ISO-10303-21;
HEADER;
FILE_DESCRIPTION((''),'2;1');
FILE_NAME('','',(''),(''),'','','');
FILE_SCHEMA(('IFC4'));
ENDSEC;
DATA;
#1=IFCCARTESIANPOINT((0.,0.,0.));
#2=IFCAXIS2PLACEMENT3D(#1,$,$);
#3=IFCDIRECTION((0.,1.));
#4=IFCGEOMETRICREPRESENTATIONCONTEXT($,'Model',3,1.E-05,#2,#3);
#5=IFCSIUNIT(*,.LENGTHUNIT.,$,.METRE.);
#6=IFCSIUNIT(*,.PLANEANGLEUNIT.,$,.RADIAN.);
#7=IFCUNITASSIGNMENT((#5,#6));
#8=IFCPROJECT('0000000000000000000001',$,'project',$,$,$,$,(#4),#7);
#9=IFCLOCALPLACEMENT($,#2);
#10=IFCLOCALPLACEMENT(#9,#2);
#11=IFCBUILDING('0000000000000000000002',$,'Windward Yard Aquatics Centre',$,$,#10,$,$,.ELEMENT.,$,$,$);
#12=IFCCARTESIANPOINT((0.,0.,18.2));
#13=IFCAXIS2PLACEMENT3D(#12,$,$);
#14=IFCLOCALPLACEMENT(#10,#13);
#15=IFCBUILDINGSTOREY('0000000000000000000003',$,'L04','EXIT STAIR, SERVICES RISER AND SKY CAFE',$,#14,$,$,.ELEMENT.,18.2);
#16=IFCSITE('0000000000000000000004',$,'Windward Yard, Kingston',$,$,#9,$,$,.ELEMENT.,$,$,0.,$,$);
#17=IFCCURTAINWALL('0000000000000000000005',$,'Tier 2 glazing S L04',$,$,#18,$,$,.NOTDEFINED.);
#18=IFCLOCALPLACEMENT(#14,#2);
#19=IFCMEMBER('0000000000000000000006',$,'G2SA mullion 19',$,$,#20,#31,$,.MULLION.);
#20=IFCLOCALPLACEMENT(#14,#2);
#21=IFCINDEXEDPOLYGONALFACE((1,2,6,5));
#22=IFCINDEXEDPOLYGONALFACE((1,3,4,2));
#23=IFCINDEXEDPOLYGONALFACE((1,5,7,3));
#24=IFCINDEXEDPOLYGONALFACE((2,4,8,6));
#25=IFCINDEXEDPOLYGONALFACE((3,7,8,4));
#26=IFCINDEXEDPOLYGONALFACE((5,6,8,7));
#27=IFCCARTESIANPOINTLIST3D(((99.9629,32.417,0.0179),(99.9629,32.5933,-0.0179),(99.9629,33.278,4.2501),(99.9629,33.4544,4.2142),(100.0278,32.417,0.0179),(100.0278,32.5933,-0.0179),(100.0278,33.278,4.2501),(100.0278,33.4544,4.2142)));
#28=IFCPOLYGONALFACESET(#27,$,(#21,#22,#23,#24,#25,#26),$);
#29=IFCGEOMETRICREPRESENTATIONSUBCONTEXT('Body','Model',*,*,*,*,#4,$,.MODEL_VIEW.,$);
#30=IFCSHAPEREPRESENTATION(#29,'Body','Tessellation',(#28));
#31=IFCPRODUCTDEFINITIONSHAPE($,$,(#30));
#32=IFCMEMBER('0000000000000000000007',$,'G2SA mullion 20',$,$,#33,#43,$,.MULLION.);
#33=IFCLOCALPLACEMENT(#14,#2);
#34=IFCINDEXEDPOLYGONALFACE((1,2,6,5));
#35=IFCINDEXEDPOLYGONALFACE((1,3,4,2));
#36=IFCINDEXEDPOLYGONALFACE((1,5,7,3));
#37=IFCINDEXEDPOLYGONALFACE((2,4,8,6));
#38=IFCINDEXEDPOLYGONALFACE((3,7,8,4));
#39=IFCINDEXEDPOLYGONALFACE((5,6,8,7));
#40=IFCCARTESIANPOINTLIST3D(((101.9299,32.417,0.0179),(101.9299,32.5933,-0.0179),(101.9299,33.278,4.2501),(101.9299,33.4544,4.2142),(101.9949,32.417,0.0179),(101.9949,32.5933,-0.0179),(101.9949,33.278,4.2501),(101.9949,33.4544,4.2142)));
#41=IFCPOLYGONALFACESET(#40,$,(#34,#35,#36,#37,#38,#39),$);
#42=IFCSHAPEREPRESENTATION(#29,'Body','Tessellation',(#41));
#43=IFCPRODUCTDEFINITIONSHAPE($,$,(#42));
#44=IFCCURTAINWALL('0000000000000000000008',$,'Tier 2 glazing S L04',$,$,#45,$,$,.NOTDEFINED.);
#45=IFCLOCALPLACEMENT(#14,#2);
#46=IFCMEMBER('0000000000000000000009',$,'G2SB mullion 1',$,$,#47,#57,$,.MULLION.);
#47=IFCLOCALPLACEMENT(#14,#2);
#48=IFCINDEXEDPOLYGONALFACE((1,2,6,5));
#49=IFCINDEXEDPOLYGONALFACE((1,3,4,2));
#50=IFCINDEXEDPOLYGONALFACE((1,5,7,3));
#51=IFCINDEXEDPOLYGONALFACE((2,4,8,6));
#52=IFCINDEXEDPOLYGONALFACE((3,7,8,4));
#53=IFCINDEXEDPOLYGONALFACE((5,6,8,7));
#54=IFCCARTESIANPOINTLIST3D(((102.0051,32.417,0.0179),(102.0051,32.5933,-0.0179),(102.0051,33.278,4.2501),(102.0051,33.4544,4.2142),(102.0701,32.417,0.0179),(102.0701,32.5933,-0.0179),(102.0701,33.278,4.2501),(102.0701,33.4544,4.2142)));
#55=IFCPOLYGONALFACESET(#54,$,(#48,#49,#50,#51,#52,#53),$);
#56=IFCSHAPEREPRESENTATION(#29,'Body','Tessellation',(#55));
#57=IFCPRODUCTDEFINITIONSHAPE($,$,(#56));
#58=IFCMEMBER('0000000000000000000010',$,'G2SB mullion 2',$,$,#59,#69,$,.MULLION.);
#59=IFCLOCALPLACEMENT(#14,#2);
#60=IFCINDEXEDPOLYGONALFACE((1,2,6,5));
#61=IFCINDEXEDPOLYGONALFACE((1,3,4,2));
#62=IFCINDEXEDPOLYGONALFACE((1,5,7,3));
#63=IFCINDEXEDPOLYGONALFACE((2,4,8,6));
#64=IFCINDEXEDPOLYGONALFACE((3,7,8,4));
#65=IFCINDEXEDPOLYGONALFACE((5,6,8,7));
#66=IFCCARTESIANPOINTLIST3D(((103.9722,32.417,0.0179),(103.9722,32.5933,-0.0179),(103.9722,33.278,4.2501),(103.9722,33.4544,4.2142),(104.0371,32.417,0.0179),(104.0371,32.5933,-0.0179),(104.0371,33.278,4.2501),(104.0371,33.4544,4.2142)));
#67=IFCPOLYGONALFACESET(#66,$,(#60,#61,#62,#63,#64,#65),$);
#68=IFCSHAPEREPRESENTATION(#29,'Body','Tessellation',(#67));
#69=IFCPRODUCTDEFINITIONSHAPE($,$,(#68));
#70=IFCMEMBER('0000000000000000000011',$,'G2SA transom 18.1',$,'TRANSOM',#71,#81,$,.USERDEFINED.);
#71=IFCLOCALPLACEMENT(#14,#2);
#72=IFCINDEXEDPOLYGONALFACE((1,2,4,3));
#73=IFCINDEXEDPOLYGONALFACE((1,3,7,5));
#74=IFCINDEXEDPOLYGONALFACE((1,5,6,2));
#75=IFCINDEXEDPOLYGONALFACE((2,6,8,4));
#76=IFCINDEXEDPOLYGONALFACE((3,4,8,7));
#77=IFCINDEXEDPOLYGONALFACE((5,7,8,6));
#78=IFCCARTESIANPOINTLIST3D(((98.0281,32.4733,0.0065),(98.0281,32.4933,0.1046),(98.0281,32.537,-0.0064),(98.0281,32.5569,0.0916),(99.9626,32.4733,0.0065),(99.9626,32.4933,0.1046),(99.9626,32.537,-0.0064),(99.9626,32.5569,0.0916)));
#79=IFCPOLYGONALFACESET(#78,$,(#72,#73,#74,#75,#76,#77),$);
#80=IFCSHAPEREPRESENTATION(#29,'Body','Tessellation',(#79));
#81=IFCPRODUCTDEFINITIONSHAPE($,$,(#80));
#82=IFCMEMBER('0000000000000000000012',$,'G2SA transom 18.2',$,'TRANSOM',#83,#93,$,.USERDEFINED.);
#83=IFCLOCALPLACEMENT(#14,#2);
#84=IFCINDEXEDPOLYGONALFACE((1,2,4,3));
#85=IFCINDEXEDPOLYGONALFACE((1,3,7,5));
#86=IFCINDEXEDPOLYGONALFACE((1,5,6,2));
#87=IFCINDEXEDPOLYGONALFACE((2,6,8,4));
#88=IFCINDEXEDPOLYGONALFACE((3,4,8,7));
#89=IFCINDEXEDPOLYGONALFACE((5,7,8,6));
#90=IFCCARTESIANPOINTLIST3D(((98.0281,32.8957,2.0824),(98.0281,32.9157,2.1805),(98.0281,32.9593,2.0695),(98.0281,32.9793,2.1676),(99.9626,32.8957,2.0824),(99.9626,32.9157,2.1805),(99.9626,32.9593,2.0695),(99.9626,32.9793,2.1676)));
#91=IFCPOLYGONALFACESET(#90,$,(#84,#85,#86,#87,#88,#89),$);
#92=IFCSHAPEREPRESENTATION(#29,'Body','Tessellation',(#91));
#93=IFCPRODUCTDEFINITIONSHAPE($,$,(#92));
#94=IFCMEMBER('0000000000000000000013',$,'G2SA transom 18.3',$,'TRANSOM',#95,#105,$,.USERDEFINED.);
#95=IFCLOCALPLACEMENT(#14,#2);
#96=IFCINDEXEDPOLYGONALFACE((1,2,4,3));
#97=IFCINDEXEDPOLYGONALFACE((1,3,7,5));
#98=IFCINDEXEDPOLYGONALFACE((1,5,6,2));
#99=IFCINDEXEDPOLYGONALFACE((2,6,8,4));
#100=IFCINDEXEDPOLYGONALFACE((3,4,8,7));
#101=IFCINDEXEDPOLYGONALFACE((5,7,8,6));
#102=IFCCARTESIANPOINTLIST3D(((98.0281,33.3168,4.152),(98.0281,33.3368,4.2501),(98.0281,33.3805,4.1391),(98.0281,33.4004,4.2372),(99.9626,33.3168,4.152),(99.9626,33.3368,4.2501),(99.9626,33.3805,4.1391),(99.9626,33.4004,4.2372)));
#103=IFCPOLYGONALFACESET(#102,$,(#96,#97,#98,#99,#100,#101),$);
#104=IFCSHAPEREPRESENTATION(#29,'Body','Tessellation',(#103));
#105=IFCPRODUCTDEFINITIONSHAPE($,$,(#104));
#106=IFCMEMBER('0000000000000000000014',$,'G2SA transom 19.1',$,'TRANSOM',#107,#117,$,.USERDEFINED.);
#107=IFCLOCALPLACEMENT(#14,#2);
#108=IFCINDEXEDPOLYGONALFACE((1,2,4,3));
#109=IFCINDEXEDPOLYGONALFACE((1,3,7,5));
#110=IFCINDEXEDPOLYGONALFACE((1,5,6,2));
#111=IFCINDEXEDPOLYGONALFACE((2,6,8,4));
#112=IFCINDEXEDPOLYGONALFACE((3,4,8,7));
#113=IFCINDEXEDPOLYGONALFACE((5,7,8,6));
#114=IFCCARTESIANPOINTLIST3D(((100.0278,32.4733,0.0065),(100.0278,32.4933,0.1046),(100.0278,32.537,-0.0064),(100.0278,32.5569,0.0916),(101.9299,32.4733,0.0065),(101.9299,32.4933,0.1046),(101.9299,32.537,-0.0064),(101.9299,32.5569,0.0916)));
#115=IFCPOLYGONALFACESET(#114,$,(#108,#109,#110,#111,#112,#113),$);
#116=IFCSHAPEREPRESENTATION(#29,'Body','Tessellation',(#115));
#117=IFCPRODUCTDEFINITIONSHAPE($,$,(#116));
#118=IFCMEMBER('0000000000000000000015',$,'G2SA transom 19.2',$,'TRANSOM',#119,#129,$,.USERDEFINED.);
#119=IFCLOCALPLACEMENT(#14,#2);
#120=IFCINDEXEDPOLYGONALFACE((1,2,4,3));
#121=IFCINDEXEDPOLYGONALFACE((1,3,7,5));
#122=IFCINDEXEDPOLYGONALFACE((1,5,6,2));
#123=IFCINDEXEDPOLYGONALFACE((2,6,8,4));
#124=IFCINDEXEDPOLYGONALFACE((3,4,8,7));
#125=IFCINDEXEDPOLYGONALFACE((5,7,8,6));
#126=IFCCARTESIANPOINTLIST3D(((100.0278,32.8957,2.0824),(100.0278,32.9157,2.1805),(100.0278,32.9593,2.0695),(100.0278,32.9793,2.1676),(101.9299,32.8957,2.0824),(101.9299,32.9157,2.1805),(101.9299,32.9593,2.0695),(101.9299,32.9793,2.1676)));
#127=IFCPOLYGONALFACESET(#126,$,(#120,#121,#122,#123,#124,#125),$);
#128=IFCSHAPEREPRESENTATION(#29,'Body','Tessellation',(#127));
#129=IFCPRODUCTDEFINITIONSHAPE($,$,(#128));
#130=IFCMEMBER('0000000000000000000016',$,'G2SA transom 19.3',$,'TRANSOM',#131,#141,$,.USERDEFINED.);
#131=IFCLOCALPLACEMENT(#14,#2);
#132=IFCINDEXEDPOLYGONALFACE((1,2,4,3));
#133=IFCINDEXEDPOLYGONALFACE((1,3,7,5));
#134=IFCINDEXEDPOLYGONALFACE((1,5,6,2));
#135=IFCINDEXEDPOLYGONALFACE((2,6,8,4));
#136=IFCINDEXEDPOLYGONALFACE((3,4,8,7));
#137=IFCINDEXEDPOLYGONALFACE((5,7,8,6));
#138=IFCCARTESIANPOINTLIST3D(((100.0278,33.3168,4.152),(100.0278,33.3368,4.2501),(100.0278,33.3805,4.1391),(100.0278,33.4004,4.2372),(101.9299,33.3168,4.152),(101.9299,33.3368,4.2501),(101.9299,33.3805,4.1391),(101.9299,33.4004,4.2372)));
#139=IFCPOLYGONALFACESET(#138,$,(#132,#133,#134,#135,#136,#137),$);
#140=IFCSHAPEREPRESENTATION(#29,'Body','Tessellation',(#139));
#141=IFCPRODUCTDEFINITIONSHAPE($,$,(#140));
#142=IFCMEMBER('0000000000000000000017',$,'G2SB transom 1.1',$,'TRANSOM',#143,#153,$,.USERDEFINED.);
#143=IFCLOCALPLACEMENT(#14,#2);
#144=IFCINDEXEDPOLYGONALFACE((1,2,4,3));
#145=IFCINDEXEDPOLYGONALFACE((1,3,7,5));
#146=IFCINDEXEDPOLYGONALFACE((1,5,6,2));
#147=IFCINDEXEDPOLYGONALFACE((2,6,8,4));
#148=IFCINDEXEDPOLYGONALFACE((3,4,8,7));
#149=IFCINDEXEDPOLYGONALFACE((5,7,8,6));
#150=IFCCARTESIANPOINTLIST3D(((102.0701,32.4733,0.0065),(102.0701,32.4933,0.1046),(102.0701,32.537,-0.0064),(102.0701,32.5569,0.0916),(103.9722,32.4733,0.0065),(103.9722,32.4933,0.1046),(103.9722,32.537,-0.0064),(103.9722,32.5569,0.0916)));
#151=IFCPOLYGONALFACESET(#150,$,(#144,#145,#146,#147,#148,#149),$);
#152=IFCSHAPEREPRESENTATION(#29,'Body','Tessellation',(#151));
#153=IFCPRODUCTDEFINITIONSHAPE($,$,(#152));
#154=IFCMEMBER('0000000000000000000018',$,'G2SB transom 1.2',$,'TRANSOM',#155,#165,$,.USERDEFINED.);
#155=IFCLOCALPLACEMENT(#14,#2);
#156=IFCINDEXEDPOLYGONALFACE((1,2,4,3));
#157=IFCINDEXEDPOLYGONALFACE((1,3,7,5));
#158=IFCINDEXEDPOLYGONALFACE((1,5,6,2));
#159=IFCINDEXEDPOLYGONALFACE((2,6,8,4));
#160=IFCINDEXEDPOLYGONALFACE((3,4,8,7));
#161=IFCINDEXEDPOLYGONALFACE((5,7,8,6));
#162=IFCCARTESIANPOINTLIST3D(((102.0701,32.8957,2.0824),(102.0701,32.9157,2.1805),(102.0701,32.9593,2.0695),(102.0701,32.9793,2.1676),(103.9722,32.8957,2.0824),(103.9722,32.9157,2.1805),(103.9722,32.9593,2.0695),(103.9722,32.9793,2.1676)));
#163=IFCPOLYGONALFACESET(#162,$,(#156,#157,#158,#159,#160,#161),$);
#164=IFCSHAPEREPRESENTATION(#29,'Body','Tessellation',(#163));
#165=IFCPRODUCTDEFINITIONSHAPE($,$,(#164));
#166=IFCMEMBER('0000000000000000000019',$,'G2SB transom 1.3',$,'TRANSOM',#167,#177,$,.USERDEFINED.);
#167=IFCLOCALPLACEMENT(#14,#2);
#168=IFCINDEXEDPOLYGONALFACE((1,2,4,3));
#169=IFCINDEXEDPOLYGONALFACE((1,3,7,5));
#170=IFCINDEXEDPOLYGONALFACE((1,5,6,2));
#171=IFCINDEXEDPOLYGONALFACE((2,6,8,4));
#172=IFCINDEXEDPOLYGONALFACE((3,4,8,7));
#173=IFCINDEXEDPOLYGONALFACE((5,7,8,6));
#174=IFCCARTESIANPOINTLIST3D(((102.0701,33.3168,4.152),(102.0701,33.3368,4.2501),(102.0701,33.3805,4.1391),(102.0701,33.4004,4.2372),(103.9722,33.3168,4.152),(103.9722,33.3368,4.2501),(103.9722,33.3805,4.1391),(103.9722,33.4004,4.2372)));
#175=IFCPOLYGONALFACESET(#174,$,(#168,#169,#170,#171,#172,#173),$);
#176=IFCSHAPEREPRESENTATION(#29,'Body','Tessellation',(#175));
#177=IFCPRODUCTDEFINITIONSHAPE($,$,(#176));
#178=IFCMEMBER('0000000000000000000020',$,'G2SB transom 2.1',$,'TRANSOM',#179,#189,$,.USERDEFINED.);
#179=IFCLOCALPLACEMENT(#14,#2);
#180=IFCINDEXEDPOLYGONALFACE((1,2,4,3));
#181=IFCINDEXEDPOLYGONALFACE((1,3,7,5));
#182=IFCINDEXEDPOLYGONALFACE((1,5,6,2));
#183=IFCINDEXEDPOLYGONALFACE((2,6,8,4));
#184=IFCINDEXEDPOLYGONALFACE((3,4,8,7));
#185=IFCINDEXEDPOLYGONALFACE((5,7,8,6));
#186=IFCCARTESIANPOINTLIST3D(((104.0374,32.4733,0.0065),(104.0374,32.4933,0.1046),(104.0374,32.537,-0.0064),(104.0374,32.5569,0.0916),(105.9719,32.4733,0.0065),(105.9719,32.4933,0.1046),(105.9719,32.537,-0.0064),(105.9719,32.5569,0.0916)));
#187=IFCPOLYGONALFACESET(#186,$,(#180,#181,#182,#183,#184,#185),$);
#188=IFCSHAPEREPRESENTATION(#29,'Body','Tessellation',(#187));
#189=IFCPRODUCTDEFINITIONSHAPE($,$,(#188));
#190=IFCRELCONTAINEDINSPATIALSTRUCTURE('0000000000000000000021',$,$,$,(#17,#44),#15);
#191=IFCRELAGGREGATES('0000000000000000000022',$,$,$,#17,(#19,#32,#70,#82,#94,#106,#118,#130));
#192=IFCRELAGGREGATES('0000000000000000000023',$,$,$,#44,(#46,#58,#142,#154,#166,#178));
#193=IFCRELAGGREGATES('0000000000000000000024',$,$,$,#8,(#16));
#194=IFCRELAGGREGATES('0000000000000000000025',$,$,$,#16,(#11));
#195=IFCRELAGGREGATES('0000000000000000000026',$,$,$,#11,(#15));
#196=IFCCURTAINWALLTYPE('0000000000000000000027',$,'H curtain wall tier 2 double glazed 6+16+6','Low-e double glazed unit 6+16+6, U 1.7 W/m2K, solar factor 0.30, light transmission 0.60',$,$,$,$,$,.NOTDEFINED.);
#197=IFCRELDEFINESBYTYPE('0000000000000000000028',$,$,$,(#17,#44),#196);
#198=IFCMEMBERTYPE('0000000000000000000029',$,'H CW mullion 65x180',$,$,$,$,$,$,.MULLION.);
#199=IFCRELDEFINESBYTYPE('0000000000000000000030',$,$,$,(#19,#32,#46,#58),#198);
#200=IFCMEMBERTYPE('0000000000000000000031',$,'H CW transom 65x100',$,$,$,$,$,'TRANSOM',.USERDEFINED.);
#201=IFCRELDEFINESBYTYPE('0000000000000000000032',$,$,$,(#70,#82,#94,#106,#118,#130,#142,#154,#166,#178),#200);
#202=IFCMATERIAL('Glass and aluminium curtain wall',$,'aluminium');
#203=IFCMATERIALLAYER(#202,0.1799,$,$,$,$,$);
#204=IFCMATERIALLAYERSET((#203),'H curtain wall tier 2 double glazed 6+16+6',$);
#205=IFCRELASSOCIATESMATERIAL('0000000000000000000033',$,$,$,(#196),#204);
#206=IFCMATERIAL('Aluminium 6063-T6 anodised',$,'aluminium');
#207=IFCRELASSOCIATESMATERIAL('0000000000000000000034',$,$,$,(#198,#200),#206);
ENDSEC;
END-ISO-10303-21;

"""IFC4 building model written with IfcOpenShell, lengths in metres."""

from ifc_helpers import new_model, si_unit, direction, frame, origin, origin_2d, place, context, subcontext, project, spatial, rectangle, extrude, material, layer, layer_set, material_profile, profile_set, type_object, element, aggregate, save


model = new_model("IFC4")

# Units and contexts
model_context = context("Model", 3, precision=1e-05, world=origin(), true_north=direction((0.0, 1.0)))
body_context = subcontext(model_context, "Body", "Model", "MODEL_VIEW")
ifc_project = project(units=[si_unit("LENGTHUNIT", "METRE"), si_unit("PLANEANGLEUNIT", "RADIAN")], contexts=[model_context])

# Site, building, storey
site_placement = place(None, origin())
site = spatial("IfcSite", under=ifc_project, at=site_placement, Name="Windward Yard, Kingston", CompositionType="ELEMENT", RefElevation=0.0)
building_placement = place(site_placement, origin())
building = spatial("IfcBuilding", under=site, at=building_placement, Name="Windward Yard Aquatics Centre", CompositionType="ELEMENT")
storey_placement = place(building_placement, frame((0.0, 0.0, 18.2)))
storey = spatial("IfcBuildingStorey", under=building, at=storey_placement, Name="L04", Description="EXIT STAIR, SERVICES RISER AND SKY CAFE", CompositionType="ELEMENT", Elevation=18.2)

# Curtain walls, members
ifc_material_1 = material(Name="Glass and aluminium curtain wall", Category="aluminium")
ifc_layer_1 = layer(ifc_material_1, 0.1799)
ifc_layer_set_1 = layer_set([ifc_layer_1], Name="H curtain wall tier 2 double glazed 6+16+6")
curtain_wall_type = type_object("IfcCurtainWallType", Name="H curtain wall tier 2 double glazed 6+16+6", Description="Low-e double glazed unit 6+16+6, U 1.7 W/m2K, solar factor 0.30, light transmission 0.60", PredefinedType="NOTDEFINED", material=ifc_layer_set_1)
curtain_wall_1_placement = place(storey_placement, origin())
curtain_wall_1 = element("IfcCurtainWall", 1, at=curtain_wall_1_placement, inside=storey, type_object=curtain_wall_type, Name="Tier 2 glazing S L04", PredefinedType="NOTDEFINED")
ifc_material_2 = material(Name="Aluminium 6063-T6 anodised", Category="aluminium")
ifc_material_profile_1 = material_profile(ifc_material_2, rectangle(XDim=0.0649, YDim=0.1799, at=origin_2d()), Name="H CW mullion 65x180")
ifc_profile_set_1 = profile_set([ifc_material_profile_1], Name="Aluminium 6063-T6 anodised")
member_type_1 = type_object("IfcMemberType", Name="H CW mullion 65x180", PredefinedType="MULLION", material=ifc_profile_set_1)
member_1_placement = place(storey_placement, frame((99.9954, 32.5051, 0.0), z_axis=(0.0, 0.199376, 0.979923), x_axis=(-1.0, 0.0, 0.0)))
member_1 = element("IfcMember", 2, at=member_1_placement, type_object=member_type_1, Name="G2SA mullion 19", PredefinedType="MULLION", context=body_context, shape_type="SweptSolid", body=[
    extrude(rectangle(XDim=0.0649, YDim=0.1799, at=origin_2d()), origin(), (0.0, 0.0, 1.0), 4.3188),
])
member_2_placement = place(storey_placement, frame((101.9624, 32.5051, 0.0), z_axis=(0.0, 0.199376, 0.979923), x_axis=(-1.0, 0.0, 0.0)))
member_2 = element("IfcMember", 3, at=member_2_placement, type_object=member_type_1, Name="G2SA mullion 20", PredefinedType="MULLION", context=body_context, shape_type="SweptSolid", body=[
    extrude(rectangle(XDim=0.0649, YDim=0.1799, at=origin_2d()), origin(), (0.0, 0.0, 1.0), 4.3188),
])
curtain_wall_2_placement = place(storey_placement, origin())
curtain_wall_2 = element("IfcCurtainWall", 4, at=curtain_wall_2_placement, inside=storey, type_object=curtain_wall_type, Name="Tier 2 glazing S L04", PredefinedType="NOTDEFINED")
member_3_placement = place(storey_placement, frame((102.0376, 32.5051, 0.0), z_axis=(0.0, 0.199376, 0.979923), x_axis=(-1.0, 0.0, 0.0)))
member_3 = element("IfcMember", 5, at=member_3_placement, type_object=member_type_1, Name="G2SB mullion 1", PredefinedType="MULLION", context=body_context, shape_type="SweptSolid", body=[
    extrude(rectangle(XDim=0.0649, YDim=0.1799, at=origin_2d()), origin(), (0.0, 0.0, 1.0), 4.3188),
])
member_4_placement = place(storey_placement, frame((104.0046, 32.5051, 0.0), z_axis=(0.0, 0.199376, 0.979923), x_axis=(-1.0, 0.0, 0.0)))
member_4 = element("IfcMember", 6, at=member_4_placement, type_object=member_type_1, Name="G2SB mullion 2", PredefinedType="MULLION", context=body_context, shape_type="SweptSolid", body=[
    extrude(rectangle(XDim=0.0649, YDim=0.1799, at=origin_2d()), origin(), (0.0, 0.0, 1.0), 4.3188),
])

# Members
ifc_material_profile_2 = material_profile(ifc_material_2, rectangle(XDim=0.0649, YDim=0.1001, at=origin_2d()), Name="H CW transom 65x100")
ifc_profile_set_2 = profile_set([ifc_material_profile_2], Name="Aluminium 6063-T6 anodised")
member_type_2 = type_object("IfcMemberType", Name="H CW transom 65x100", ElementType="TRANSOM", PredefinedType="USERDEFINED", material=ifc_profile_set_2)
member_5_placement = place(storey_placement, frame((98.0281, 32.5151, 0.0491), z_axis=(1.0, 0.0, 0.0), x_axis=(0.0, -0.979925, 0.199368)))
member_5 = element("IfcMember", 7, at=member_5_placement, type_object=member_type_2, Name="G2SA transom 18.1", ObjectType="TRANSOM", PredefinedType="USERDEFINED", context=body_context, shape_type="SweptSolid", body=[
    extrude(rectangle(XDim=0.0649, YDim=0.1001, at=origin_2d()), origin(), (0.0, 0.0, 1.0), 1.9346),
])
member_6_placement = place(storey_placement, frame((98.0281, 32.9375, 2.125), z_axis=(1.0, 0.0, 0.0), x_axis=(0.0, -0.979925, 0.199368)))
member_6 = element("IfcMember", 8, at=member_6_placement, type_object=member_type_2, Name="G2SA transom 18.2", ObjectType="TRANSOM", PredefinedType="USERDEFINED", context=body_context, shape_type="SweptSolid", body=[
    extrude(rectangle(XDim=0.0649, YDim=0.1001, at=origin_2d()), origin(), (0.0, 0.0, 1.0), 1.9346),
])
member_7_placement = place(storey_placement, frame((98.0281, 33.3586, 4.1946), z_axis=(1.0, 0.0, 0.0), x_axis=(0.0, -0.979925, 0.199368)))
member_7 = element("IfcMember", 9, at=member_7_placement, type_object=member_type_2, Name="G2SA transom 18.3", ObjectType="TRANSOM", PredefinedType="USERDEFINED", context=body_context, shape_type="SweptSolid", body=[
    extrude(rectangle(XDim=0.0649, YDim=0.1001, at=origin_2d()), origin(), (0.0, 0.0, 1.0), 1.9346),
])
member_8_placement = place(storey_placement, frame((100.0278, 32.5151, 0.0491), z_axis=(1.0, 0.0, 0.0), x_axis=(0.0, -0.979925, 0.199368)))
member_8 = element("IfcMember", 10, at=member_8_placement, type_object=member_type_2, Name="G2SA transom 19.1", ObjectType="TRANSOM", PredefinedType="USERDEFINED", context=body_context, shape_type="SweptSolid", body=[
    extrude(rectangle(XDim=0.0649, YDim=0.1001, at=origin_2d()), origin(), (0.0, 0.0, 1.0), 1.9021),
])
member_9_placement = place(storey_placement, frame((100.0278, 32.9375, 2.125), z_axis=(1.0, 0.0, 0.0), x_axis=(0.0, -0.979925, 0.199368)))
member_9 = element("IfcMember", 11, at=member_9_placement, type_object=member_type_2, Name="G2SA transom 19.2", ObjectType="TRANSOM", PredefinedType="USERDEFINED", context=body_context, shape_type="SweptSolid", body=[
    extrude(rectangle(XDim=0.0649, YDim=0.1001, at=origin_2d()), origin(), (0.0, 0.0, 1.0), 1.9021),
])
member_10_placement = place(storey_placement, frame((100.0278, 33.3586, 4.1946), z_axis=(1.0, 0.0, 0.0), x_axis=(0.0, -0.979925, 0.199368)))
member_10 = element("IfcMember", 12, at=member_10_placement, type_object=member_type_2, Name="G2SA transom 19.3", ObjectType="TRANSOM", PredefinedType="USERDEFINED", context=body_context, shape_type="SweptSolid", body=[
    extrude(rectangle(XDim=0.0649, YDim=0.1001, at=origin_2d()), origin(), (0.0, 0.0, 1.0), 1.9021),
])
member_11_placement = place(storey_placement, frame((102.0701, 32.5151, 0.0491), z_axis=(1.0, 0.0, 0.0), x_axis=(0.0, -0.979925, 0.199368)))
member_11 = element("IfcMember", 13, at=member_11_placement, type_object=member_type_2, Name="G2SB transom 1.1", ObjectType="TRANSOM", PredefinedType="USERDEFINED", context=body_context, shape_type="SweptSolid", body=[
    extrude(rectangle(XDim=0.0649, YDim=0.1001, at=origin_2d()), origin(), (0.0, 0.0, 1.0), 1.9021),
])
member_12_placement = place(storey_placement, frame((102.0701, 32.9375, 2.125), z_axis=(1.0, 0.0, 0.0), x_axis=(0.0, -0.979925, 0.199368)))
member_12 = element("IfcMember", 14, at=member_12_placement, type_object=member_type_2, Name="G2SB transom 1.2", ObjectType="TRANSOM", PredefinedType="USERDEFINED", context=body_context, shape_type="SweptSolid", body=[
    extrude(rectangle(XDim=0.0649, YDim=0.1001, at=origin_2d()), origin(), (0.0, 0.0, 1.0), 1.9021),
])
member_13_placement = place(storey_placement, frame((102.0701, 33.3586, 4.1946), z_axis=(1.0, 0.0, 0.0), x_axis=(0.0, -0.979925, 0.199368)))
member_13 = element("IfcMember", 15, at=member_13_placement, type_object=member_type_2, Name="G2SB transom 1.3", ObjectType="TRANSOM", PredefinedType="USERDEFINED", context=body_context, shape_type="SweptSolid", body=[
    extrude(rectangle(XDim=0.0649, YDim=0.1001, at=origin_2d()), origin(), (0.0, 0.0, 1.0), 1.9021),
])
member_14_placement = place(storey_placement, frame((104.0374, 32.5151, 0.0491), z_axis=(1.0, 0.0, 0.0), x_axis=(0.0, -0.979925, 0.199368)))
member_14 = element("IfcMember", 16, at=member_14_placement, type_object=member_type_2, Name="G2SB transom 2.1", ObjectType="TRANSOM", PredefinedType="USERDEFINED", context=body_context, shape_type="SweptSolid", body=[
    extrude(rectangle(XDim=0.0649, YDim=0.1001, at=origin_2d()), origin(), (0.0, 0.0, 1.0), 1.9346),
])

aggregate(curtain_wall_1, [member_1, member_2, member_5, member_6, member_7, member_8, member_9, member_10])
aggregate(curtain_wall_2, [member_3, member_4, member_11, member_12, member_13, member_14])

save(model, "model.ifc")
